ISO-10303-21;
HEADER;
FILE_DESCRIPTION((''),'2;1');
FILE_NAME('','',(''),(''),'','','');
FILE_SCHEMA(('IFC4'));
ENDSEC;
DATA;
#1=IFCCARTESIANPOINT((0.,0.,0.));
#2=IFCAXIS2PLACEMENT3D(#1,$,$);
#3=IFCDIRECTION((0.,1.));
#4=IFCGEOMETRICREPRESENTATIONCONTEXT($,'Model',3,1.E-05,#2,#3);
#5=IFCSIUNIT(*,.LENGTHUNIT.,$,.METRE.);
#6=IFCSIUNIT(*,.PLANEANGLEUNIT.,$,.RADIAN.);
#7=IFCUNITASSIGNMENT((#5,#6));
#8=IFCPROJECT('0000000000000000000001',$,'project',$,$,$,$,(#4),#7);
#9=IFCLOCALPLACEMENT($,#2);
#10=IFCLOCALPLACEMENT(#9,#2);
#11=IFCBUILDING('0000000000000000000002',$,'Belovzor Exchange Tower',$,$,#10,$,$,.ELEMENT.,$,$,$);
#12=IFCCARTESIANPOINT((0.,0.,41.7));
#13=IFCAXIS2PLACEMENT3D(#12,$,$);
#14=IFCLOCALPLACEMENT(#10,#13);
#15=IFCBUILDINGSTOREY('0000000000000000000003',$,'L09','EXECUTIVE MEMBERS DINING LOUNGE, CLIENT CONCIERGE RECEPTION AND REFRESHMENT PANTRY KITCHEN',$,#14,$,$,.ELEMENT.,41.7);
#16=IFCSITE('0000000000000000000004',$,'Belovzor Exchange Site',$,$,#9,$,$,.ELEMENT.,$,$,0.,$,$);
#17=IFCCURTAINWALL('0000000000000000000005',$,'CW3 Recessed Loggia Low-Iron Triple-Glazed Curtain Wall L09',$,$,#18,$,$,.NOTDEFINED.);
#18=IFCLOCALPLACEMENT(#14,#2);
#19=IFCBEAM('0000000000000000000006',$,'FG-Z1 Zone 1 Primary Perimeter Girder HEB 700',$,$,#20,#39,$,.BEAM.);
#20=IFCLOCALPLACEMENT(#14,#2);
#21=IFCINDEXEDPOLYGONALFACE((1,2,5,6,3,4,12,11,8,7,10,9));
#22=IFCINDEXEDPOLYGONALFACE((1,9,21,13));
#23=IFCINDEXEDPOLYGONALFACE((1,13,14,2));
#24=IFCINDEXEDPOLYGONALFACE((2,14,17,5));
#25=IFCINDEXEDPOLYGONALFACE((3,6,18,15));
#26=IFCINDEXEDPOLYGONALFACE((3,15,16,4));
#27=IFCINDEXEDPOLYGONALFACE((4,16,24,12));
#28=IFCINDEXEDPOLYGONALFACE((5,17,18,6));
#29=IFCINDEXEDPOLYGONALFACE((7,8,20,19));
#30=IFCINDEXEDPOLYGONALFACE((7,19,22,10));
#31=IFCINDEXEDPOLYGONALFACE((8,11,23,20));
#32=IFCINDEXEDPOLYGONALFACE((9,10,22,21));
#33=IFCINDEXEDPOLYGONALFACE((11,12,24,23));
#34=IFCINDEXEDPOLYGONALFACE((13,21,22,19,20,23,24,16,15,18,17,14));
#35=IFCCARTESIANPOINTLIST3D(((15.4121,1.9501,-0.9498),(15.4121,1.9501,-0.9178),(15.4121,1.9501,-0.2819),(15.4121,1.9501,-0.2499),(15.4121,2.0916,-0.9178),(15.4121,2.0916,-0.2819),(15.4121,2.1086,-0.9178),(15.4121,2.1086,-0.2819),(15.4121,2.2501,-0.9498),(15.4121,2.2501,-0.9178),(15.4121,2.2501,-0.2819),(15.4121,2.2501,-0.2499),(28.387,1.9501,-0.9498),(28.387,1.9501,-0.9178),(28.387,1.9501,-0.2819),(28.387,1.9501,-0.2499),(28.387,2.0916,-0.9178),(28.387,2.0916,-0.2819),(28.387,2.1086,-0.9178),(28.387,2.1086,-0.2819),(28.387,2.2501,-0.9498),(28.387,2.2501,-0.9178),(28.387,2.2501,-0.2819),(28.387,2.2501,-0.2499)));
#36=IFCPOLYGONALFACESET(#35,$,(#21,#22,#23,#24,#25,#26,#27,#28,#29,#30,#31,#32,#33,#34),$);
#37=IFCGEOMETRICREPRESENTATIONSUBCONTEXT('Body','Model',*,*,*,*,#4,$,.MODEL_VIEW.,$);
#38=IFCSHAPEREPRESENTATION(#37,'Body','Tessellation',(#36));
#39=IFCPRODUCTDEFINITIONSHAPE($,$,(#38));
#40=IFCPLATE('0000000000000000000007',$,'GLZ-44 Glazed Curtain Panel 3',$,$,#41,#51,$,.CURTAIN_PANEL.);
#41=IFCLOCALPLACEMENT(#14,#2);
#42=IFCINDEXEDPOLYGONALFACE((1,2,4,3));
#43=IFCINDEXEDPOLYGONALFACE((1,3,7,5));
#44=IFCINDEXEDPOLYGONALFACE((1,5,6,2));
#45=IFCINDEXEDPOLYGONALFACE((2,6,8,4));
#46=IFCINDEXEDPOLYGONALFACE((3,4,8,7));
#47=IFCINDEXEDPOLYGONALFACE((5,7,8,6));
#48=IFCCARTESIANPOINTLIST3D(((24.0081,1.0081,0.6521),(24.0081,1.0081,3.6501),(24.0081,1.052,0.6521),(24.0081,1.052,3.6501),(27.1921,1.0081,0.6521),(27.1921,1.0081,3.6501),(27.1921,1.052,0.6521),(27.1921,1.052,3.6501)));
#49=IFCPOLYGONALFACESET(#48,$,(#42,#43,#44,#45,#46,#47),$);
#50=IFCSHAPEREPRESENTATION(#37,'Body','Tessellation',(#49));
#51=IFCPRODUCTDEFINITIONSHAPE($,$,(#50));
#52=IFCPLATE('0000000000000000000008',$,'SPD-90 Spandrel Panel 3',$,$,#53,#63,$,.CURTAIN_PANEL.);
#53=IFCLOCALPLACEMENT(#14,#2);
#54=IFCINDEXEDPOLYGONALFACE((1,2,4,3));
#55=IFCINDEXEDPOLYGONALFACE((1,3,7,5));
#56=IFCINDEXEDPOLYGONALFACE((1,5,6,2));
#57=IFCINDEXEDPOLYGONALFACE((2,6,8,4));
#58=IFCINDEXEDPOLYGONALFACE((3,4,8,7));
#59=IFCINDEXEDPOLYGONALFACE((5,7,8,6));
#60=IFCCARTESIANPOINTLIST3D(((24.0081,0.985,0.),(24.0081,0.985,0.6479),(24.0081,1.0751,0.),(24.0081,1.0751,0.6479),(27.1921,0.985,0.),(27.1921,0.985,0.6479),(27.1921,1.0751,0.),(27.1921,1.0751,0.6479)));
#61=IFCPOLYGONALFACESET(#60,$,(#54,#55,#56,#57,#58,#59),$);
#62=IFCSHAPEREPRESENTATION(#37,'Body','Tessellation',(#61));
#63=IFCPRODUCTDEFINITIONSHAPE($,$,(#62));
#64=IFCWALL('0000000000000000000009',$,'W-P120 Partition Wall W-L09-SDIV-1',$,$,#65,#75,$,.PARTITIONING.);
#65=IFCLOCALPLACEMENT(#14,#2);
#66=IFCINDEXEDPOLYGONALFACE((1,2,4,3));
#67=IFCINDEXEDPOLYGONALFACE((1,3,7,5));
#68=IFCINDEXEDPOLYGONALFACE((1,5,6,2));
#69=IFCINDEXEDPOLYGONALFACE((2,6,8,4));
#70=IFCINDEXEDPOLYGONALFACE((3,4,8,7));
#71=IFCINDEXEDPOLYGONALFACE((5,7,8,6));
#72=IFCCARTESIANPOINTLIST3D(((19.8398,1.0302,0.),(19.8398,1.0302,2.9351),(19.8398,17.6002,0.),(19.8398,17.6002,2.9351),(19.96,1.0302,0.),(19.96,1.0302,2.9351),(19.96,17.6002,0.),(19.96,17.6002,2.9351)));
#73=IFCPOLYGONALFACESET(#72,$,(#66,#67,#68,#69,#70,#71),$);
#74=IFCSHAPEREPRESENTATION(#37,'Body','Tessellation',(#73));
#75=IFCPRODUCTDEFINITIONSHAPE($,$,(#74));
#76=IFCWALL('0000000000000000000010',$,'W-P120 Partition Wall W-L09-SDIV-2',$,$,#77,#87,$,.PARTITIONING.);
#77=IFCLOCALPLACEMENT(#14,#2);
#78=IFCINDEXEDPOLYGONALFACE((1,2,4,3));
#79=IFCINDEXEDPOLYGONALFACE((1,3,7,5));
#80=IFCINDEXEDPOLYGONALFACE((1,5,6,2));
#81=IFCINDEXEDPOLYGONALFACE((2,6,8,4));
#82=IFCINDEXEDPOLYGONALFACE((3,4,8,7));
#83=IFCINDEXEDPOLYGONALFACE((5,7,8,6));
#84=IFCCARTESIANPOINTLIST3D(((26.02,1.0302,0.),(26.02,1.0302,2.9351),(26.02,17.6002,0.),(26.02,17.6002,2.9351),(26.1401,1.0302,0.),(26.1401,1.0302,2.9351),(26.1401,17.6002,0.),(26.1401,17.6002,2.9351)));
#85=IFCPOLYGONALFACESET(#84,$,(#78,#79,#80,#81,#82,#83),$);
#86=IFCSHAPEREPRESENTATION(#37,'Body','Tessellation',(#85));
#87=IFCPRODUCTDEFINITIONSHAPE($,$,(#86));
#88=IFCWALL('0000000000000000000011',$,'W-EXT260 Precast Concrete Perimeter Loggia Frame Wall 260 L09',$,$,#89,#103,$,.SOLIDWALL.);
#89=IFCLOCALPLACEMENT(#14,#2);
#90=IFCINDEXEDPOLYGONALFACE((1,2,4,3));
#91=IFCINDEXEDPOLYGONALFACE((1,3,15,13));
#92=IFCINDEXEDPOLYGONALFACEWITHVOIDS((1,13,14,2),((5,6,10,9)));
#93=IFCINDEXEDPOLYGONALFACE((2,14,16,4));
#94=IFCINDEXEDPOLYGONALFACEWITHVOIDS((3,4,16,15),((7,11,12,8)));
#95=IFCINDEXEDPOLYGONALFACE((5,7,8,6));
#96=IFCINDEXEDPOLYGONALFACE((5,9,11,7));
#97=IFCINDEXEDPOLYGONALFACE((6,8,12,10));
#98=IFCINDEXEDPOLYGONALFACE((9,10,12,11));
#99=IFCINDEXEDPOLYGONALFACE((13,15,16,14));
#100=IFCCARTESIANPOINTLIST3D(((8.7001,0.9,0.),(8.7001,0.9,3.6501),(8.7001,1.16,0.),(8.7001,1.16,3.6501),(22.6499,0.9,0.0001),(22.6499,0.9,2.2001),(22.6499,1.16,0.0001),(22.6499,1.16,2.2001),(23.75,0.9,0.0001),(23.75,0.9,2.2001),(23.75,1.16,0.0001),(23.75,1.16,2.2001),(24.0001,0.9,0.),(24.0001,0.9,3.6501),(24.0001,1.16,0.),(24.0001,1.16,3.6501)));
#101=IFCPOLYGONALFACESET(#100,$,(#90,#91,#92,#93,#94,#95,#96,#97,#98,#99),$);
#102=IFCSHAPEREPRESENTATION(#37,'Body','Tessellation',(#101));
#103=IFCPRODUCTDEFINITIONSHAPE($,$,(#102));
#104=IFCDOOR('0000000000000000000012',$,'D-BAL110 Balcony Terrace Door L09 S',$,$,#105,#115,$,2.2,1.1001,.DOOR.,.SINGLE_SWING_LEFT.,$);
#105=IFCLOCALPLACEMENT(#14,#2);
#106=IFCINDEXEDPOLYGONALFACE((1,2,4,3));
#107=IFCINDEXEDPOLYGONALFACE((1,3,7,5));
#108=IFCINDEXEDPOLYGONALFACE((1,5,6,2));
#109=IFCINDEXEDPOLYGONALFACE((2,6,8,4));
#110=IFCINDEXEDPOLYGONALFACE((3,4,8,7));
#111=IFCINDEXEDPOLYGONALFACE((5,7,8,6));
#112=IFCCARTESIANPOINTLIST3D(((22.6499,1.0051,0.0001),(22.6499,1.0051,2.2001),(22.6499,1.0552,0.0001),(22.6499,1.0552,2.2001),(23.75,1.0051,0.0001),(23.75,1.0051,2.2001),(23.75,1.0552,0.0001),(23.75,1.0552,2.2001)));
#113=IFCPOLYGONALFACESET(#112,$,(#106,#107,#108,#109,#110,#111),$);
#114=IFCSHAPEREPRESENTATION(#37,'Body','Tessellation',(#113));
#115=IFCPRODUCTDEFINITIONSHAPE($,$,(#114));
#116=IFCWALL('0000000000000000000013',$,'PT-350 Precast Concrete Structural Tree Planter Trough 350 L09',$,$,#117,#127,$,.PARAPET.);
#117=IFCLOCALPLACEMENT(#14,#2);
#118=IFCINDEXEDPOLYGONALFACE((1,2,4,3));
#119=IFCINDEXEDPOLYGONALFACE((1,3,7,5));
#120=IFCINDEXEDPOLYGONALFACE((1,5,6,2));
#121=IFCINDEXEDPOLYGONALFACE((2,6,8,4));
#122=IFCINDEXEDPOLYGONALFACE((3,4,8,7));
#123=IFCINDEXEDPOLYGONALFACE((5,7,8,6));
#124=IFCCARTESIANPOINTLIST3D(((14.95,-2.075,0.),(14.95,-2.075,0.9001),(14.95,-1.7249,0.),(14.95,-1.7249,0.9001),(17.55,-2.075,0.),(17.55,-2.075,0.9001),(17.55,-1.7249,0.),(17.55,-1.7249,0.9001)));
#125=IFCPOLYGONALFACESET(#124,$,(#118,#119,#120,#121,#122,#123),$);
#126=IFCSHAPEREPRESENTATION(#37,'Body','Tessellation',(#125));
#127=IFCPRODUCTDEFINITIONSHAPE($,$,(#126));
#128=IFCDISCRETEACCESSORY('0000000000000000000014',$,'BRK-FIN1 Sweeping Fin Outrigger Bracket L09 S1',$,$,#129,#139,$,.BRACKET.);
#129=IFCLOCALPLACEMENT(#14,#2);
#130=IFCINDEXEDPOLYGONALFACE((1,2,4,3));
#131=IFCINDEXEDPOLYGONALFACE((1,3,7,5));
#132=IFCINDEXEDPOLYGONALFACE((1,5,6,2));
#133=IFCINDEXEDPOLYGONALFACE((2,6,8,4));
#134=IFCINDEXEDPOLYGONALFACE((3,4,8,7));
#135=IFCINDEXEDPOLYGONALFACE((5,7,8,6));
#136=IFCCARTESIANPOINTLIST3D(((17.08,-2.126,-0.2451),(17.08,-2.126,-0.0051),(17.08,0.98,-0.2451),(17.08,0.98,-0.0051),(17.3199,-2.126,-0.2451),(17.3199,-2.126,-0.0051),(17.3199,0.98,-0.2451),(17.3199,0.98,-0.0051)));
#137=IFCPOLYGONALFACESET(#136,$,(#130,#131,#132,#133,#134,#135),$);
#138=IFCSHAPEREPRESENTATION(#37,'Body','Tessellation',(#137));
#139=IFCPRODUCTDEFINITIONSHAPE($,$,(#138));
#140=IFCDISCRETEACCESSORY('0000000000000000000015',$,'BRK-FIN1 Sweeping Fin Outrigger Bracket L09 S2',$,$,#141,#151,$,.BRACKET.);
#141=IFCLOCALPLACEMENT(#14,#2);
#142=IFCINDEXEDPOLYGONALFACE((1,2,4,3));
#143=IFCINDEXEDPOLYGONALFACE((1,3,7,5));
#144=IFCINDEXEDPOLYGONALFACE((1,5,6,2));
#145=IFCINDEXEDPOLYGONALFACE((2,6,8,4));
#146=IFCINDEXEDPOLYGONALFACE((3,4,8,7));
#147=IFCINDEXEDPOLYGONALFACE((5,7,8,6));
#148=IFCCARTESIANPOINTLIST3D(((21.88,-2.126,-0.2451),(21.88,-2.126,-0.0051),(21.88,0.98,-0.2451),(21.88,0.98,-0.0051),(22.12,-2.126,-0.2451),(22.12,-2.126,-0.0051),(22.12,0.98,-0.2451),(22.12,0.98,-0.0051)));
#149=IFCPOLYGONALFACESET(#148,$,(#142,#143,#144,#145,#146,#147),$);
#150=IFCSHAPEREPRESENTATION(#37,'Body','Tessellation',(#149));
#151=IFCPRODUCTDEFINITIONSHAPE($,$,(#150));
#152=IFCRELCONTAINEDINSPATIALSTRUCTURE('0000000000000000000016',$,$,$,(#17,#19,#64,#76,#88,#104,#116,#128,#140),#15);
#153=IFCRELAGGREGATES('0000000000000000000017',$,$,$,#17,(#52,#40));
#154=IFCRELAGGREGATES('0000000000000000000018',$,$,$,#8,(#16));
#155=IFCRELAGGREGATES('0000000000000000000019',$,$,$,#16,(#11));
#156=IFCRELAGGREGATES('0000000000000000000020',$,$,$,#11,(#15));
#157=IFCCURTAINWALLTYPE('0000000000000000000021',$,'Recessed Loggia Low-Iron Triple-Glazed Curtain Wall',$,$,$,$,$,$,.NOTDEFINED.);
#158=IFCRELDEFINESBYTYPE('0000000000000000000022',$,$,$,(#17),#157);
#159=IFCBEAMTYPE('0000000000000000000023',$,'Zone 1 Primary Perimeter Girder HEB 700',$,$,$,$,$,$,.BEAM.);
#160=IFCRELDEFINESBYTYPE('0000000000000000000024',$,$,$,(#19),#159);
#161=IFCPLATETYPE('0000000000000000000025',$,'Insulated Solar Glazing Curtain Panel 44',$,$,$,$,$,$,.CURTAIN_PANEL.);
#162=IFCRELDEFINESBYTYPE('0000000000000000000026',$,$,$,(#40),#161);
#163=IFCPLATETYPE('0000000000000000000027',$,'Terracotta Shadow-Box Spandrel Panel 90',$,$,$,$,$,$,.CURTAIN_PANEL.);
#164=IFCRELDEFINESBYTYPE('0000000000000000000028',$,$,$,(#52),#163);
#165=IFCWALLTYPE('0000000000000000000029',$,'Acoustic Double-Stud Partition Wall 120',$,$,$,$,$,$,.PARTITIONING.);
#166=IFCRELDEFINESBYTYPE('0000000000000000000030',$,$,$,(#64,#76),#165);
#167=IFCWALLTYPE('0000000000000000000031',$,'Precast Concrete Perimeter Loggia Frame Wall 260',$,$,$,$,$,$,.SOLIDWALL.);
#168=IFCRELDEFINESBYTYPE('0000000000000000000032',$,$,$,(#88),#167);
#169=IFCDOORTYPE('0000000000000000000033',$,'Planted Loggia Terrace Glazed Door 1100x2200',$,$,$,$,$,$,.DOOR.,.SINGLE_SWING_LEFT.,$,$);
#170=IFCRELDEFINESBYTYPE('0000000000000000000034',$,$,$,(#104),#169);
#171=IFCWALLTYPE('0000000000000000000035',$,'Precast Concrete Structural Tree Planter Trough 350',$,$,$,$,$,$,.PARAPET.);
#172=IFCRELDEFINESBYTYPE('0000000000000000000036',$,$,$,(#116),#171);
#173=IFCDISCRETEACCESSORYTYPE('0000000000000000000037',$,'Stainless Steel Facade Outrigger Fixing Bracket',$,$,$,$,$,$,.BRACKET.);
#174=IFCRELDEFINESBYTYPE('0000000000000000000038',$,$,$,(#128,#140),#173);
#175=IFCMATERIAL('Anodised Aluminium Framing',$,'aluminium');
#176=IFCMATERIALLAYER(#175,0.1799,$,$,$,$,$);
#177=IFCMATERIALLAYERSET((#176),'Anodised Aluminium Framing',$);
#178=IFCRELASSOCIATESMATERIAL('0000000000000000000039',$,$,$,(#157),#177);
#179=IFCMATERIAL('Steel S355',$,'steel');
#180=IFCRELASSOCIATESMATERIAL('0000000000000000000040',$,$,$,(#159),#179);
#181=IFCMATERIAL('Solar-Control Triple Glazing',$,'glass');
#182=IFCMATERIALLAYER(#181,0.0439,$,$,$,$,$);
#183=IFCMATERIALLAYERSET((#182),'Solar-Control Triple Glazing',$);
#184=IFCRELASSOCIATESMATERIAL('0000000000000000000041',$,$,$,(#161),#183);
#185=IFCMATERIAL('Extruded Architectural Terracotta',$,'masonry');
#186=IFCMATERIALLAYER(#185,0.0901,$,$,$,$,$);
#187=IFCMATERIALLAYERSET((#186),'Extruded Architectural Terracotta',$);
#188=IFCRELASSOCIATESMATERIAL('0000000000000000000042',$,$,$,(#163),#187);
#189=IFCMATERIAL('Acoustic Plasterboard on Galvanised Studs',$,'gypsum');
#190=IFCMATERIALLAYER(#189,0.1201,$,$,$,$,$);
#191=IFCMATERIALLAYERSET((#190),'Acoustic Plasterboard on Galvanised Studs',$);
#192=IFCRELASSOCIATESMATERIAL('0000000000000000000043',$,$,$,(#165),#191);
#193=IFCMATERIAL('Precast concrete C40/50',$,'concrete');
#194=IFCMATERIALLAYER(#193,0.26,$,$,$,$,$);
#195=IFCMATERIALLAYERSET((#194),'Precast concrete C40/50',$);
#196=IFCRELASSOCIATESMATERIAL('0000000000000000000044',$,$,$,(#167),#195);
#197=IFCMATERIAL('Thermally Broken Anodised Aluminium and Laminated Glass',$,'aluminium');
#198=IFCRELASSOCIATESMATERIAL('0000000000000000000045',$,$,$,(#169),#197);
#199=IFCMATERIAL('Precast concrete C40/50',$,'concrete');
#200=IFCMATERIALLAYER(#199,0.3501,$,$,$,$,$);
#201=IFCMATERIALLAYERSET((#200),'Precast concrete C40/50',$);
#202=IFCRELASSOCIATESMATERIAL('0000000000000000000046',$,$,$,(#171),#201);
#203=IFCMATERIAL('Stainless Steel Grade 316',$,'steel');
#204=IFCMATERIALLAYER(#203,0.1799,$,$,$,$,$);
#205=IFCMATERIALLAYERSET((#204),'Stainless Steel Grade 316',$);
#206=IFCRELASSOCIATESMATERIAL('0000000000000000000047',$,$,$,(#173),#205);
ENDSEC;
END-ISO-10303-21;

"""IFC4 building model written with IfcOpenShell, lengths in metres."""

from ifc_helpers import new_model, si_unit, direction, frame, frame_2d, origin, origin_2d, place, context, subcontext, project, spatial, rectangle, i_section, extrude, material, layer, layer_set, material_profile, profile_set, type_object, element, fill, aggregate, save


model = new_model("IFC4")

# Units and contexts
model_context = context("Model", 3, precision=1e-05, world=origin(), true_north=direction((0.0, 1.0)))
body_context = subcontext(model_context, "Body", "Model", "MODEL_VIEW")
ifc_project = project(units=[si_unit("LENGTHUNIT", "METRE"), si_unit("PLANEANGLEUNIT", "RADIAN")], contexts=[model_context])

# Site, building, storey
site_placement = place(None, origin())
site = spatial("IfcSite", under=ifc_project, at=site_placement, Name="Belovzor Exchange Site", CompositionType="ELEMENT", RefElevation=0.0)
building_placement = place(site_placement, origin())
building = spatial("IfcBuilding", under=site, at=building_placement, Name="Belovzor Exchange Tower", CompositionType="ELEMENT")
storey_placement = place(building_placement, frame((0.0, 0.0, 41.7)))
storey = spatial("IfcBuildingStorey", under=building, at=storey_placement, Name="L09", Description="EXECUTIVE MEMBERS DINING LOUNGE, CLIENT CONCIERGE RECEPTION AND REFRESHMENT PANTRY KITCHEN", CompositionType="ELEMENT", Elevation=41.7)

# Curtain wall
ifc_material_1 = material(Name="Anodised Aluminium Framing", Category="aluminium")
ifc_layer_1 = layer(ifc_material_1, 0.1799)
ifc_layer_set_1 = layer_set([ifc_layer_1], Name="Anodised Aluminium Framing")
curtain_wall_type = type_object("IfcCurtainWallType", Name="Recessed Loggia Low-Iron Triple-Glazed Curtain Wall", PredefinedType="NOTDEFINED", material=ifc_layer_set_1)
curtain_wall_placement = place(storey_placement, origin())
curtain_wall = element("IfcCurtainWall", 1, at=curtain_wall_placement, inside=storey, type_object=curtain_wall_type, Name="CW3 Recessed Loggia Low-Iron Triple-Glazed Curtain Wall L09", PredefinedType="NOTDEFINED")

# Beam
ifc_material_2 = material(Name="Steel S355", Category="steel")
ifc_material_profile_1 = material_profile(ifc_material_2, i_section(OverallWidth=0.3, OverallDepth=0.7, WebThickness=0.0171, FlangeThickness=0.032, at=origin_2d()))
ifc_profile_set_1 = profile_set([ifc_material_profile_1], Name="Steel S355")
beam_type_1 = type_object("IfcBeamType", Name="Zone 1 Primary Perimeter Girder HEB 700", PredefinedType="BEAM", material=ifc_profile_set_1)
beam_1_placement = place(storey_placement, frame((15.4121, 2.1001, -0.5999), z_axis=(1.0, 0.0, 0.0), x_axis=(0.0, 1.0, 0.0)))
element("IfcBeam", 2, at=beam_1_placement, inside=storey, type_object=beam_type_1, Name="FG-Z1 Zone 1 Primary Perimeter Girder HEB 700", PredefinedType="BEAM", context=body_context, shape_type="SweptSolid", body=[
    extrude(i_section(OverallWidth=0.3, OverallDepth=0.7, WebThickness=0.0171, FlangeThickness=0.032, at=origin_2d()), origin(), (0.0, 0.0, 1.0), 12.9749),
])

# Plates
ifc_material_3 = material(Name="Solar-Control Triple Glazing", Category="glass")
ifc_layer_2 = layer(ifc_material_3, 0.0439)
ifc_layer_set_2 = layer_set([ifc_layer_2], Name="Solar-Control Triple Glazing")
plate_type_1 = type_object("IfcPlateType", Name="Insulated Solar Glazing Curtain Panel 44", PredefinedType="CURTAIN_PANEL", material=ifc_layer_set_2)
plate_1_placement = place(storey_placement, frame((25.6001, 1.03, 0.6521), z_axis=(0.0, 0.0, 1.0), x_axis=(-1.0, 0.0, 0.0)))
plate_1 = element("IfcPlate", 3, at=plate_1_placement, type_object=plate_type_1, Name="GLZ-44 Glazed Curtain Panel 3", PredefinedType="CURTAIN_PANEL", context=body_context, shape_type="SweptSolid", body=[
    extrude(rectangle(XDim=3.1841, YDim=0.0439, at=origin_2d()), origin(), (0.0, 0.0, 1.0), 2.998),
])
ifc_material_4 = material(Name="Extruded Architectural Terracotta", Category="masonry")
ifc_layer_3 = layer(ifc_material_4, 0.0901)
ifc_layer_set_3 = layer_set([ifc_layer_3], Name="Extruded Architectural Terracotta")
plate_type_2 = type_object("IfcPlateType", Name="Terracotta Shadow-Box Spandrel Panel 90", PredefinedType="CURTAIN_PANEL", material=ifc_layer_set_3)
plate_2_placement = place(storey_placement, frame((25.6001, 1.03, 0.0), z_axis=(0.0, 0.0, 1.0), x_axis=(-1.0, 0.0, 0.0)))
plate_2 = element("IfcPlate", 4, at=plate_2_placement, type_object=plate_type_2, Name="SPD-90 Spandrel Panel 3", PredefinedType="CURTAIN_PANEL", context=body_context, shape_type="SweptSolid", body=[
    extrude(rectangle(XDim=3.1841, YDim=0.0901, at=origin_2d()), origin(), (0.0, 0.0, 1.0), 0.6479),
])
aggregate(curtain_wall, [plate_2, plate_1])

# Walls
ifc_material_5 = material(Name="Acoustic Plasterboard on Galvanised Studs", Category="gypsum")
ifc_layer_4 = layer(ifc_material_5, 0.1201)
ifc_layer_set_4 = layer_set([ifc_layer_4], Name="Acoustic Plasterboard on Galvanised Studs")
wall_type_1 = type_object("IfcWallType", Name="Acoustic Double-Stud Partition Wall 120", PredefinedType="PARTITIONING", material=ifc_layer_set_4)
for number, where, z_axis, x_axis, name in (
    (5, (19.8999, 1.03, 0.0), (0.0, 0.0, 1.0), (0.0, 1.0, 0.0), "W-P120 Partition Wall W-L09-SDIV-1"),
    (6, (26.0801, 1.03, 0.0), (0.0, 0.0, 1.0), (0.0, 1.0, 0.0), "W-P120 Partition Wall W-L09-SDIV-2"),
):
    element("IfcWall", number, at=place(storey_placement, frame(where, z_axis=z_axis, x_axis=x_axis)), inside=storey, type_object=wall_type_1, Name=name, PredefinedType="PARTITIONING", context=body_context, shape_type="SweptSolid", body=[
        extrude(rectangle(XDim=16.5701, YDim=0.1201, at=frame_2d((8.2852, 0.0))), origin(), (0.0, 0.0, 1.0), 2.9351),
    ])

# Wall, opening, door
ifc_material_6 = material(Name="Precast concrete C40/50", Category="concrete")
ifc_layer_5 = layer(ifc_material_6, 0.26)
ifc_layer_set_5 = layer_set([ifc_layer_5], Name="Precast concrete C40/50")
wall_type_2 = type_object("IfcWallType", Name="Precast Concrete Perimeter Loggia Frame Wall 260", PredefinedType="SOLIDWALL", material=ifc_layer_set_5)
wall_1_placement = place(storey_placement, frame((24.0, 1.03, 0.0), z_axis=(0.0, 0.0, 1.0), x_axis=(-1.0, 0.0, 0.0)))
wall_1 = element("IfcWall", 7, at=wall_1_placement, inside=storey, type_object=wall_type_2, Name="W-EXT260 Precast Concrete Perimeter Loggia Frame Wall 260 L09", PredefinedType="SOLIDWALL", context=body_context, shape_type="SweptSolid", body=[
    extrude(rectangle(XDim=15.3, YDim=0.26, at=frame_2d((7.6499, 0.0))), origin(), (0.0, 0.0, 1.0), 3.6501),
])
opening_placement = place(wall_1_placement, frame((0.25, 0.0, 0.0)))
opening = element("IfcOpeningElement", 8, at=opening_placement, cuts=wall_1, PredefinedType="OPENING", context=body_context, shape_type="SweptSolid", body=[
    extrude(rectangle(XDim=1.1001, YDim=2.2, at=frame_2d((0.55, 1.1001))), frame((0.0, 0.1399, 0.0), z_axis=(0.0, -1.0, 0.0), x_axis=(1.0, 0.0, 0.0)), (0.0, 0.0, 1.0), 0.28),
])
ifc_material_7 = material(Name="Thermally Broken Anodised Aluminium and Laminated Glass", Category="aluminium")
door_type = type_object("IfcDoorType", Name="Planted Loggia Terrace Glazed Door 1100x2200", OperationType="SINGLE_SWING_LEFT", PredefinedType="DOOR", material=ifc_material_7)
door_placement = place(opening_placement, origin())
door = element("IfcDoor", 9, at=door_placement, inside=storey, type_object=door_type, Name="D-BAL110 Balcony Terrace Door L09 S", OperationType="SINGLE_SWING_LEFT", OverallHeight=2.2, OverallWidth=1.1001, PredefinedType="DOOR", context=body_context, shape_type="SweptSolid", body=[
    extrude(rectangle(XDim=1.1001, YDim=2.2, at=frame_2d((0.55, 1.1001))), frame((0.0, 0.0249, 0.0), z_axis=(0.0, -1.0, 0.0), x_axis=(1.0, 0.0, 0.0)), (0.0, 0.0, 1.0), 0.05),
])
fill(opening, door)

# Wall
ifc_material_8 = material(Name="Precast concrete C40/50", Category="concrete")
ifc_layer_6 = layer(ifc_material_8, 0.3501)
ifc_layer_set_6 = layer_set([ifc_layer_6], Name="Precast concrete C40/50")
wall_type_3 = type_object("IfcWallType", Name="Precast Concrete Structural Tree Planter Trough 350", PredefinedType="PARAPET", material=ifc_layer_set_6)
wall_2_placement = place(storey_placement, frame((14.95, -1.8999, 0.0), z_axis=(0.0, 0.0, 1.0), x_axis=(1.0, 0.0, 0.0)))
element("IfcWall", 10, at=wall_2_placement, inside=storey, type_object=wall_type_3, Name="PT-350 Precast Concrete Structural Tree Planter Trough 350 L09", PredefinedType="PARAPET", context=body_context, shape_type="SweptSolid", body=[
    extrude(rectangle(XDim=2.6001, YDim=0.3501, at=frame_2d((1.3, 0.0))), origin(), (0.0, 0.0, 1.0), 0.9001),
])

# Discrete accessories
ifc_material_9 = material(Name="Stainless Steel Grade 316", Category="steel")
ifc_layer_7 = layer(ifc_material_9, 0.1799)
ifc_layer_set_7 = layer_set([ifc_layer_7], Name="Stainless Steel Grade 316")
discrete_accessory_type = type_object("IfcDiscreteAccessoryType", Name="Stainless Steel Facade Outrigger Fixing Bracket", PredefinedType="BRACKET", material=ifc_layer_set_7)
for number, where, z_axis, x_axis, name in (
    (11, (17.2, -0.573, -0.2451), (0.0, 0.0, 1.0), (0.0, 1.0, 0.0), "BRK-FIN1 Sweeping Fin Outrigger Bracket L09 S1"),
    (12, (22.0, -0.573, -0.2451), (0.0, 0.0, 1.0), (0.0, 1.0, 0.0), "BRK-FIN1 Sweeping Fin Outrigger Bracket L09 S2"),
):
    element("IfcDiscreteAccessory", number, at=place(storey_placement, frame(where, z_axis=z_axis, x_axis=x_axis)), inside=storey, type_object=discrete_accessory_type, Name=name, PredefinedType="BRACKET", context=body_context, shape_type="SweptSolid", body=[
        extrude(rectangle(XDim=3.106, YDim=0.24, at=origin_2d()), origin(), (0.0, 0.0, 1.0), 0.24),
    ])

save(model, "model.ifc")
